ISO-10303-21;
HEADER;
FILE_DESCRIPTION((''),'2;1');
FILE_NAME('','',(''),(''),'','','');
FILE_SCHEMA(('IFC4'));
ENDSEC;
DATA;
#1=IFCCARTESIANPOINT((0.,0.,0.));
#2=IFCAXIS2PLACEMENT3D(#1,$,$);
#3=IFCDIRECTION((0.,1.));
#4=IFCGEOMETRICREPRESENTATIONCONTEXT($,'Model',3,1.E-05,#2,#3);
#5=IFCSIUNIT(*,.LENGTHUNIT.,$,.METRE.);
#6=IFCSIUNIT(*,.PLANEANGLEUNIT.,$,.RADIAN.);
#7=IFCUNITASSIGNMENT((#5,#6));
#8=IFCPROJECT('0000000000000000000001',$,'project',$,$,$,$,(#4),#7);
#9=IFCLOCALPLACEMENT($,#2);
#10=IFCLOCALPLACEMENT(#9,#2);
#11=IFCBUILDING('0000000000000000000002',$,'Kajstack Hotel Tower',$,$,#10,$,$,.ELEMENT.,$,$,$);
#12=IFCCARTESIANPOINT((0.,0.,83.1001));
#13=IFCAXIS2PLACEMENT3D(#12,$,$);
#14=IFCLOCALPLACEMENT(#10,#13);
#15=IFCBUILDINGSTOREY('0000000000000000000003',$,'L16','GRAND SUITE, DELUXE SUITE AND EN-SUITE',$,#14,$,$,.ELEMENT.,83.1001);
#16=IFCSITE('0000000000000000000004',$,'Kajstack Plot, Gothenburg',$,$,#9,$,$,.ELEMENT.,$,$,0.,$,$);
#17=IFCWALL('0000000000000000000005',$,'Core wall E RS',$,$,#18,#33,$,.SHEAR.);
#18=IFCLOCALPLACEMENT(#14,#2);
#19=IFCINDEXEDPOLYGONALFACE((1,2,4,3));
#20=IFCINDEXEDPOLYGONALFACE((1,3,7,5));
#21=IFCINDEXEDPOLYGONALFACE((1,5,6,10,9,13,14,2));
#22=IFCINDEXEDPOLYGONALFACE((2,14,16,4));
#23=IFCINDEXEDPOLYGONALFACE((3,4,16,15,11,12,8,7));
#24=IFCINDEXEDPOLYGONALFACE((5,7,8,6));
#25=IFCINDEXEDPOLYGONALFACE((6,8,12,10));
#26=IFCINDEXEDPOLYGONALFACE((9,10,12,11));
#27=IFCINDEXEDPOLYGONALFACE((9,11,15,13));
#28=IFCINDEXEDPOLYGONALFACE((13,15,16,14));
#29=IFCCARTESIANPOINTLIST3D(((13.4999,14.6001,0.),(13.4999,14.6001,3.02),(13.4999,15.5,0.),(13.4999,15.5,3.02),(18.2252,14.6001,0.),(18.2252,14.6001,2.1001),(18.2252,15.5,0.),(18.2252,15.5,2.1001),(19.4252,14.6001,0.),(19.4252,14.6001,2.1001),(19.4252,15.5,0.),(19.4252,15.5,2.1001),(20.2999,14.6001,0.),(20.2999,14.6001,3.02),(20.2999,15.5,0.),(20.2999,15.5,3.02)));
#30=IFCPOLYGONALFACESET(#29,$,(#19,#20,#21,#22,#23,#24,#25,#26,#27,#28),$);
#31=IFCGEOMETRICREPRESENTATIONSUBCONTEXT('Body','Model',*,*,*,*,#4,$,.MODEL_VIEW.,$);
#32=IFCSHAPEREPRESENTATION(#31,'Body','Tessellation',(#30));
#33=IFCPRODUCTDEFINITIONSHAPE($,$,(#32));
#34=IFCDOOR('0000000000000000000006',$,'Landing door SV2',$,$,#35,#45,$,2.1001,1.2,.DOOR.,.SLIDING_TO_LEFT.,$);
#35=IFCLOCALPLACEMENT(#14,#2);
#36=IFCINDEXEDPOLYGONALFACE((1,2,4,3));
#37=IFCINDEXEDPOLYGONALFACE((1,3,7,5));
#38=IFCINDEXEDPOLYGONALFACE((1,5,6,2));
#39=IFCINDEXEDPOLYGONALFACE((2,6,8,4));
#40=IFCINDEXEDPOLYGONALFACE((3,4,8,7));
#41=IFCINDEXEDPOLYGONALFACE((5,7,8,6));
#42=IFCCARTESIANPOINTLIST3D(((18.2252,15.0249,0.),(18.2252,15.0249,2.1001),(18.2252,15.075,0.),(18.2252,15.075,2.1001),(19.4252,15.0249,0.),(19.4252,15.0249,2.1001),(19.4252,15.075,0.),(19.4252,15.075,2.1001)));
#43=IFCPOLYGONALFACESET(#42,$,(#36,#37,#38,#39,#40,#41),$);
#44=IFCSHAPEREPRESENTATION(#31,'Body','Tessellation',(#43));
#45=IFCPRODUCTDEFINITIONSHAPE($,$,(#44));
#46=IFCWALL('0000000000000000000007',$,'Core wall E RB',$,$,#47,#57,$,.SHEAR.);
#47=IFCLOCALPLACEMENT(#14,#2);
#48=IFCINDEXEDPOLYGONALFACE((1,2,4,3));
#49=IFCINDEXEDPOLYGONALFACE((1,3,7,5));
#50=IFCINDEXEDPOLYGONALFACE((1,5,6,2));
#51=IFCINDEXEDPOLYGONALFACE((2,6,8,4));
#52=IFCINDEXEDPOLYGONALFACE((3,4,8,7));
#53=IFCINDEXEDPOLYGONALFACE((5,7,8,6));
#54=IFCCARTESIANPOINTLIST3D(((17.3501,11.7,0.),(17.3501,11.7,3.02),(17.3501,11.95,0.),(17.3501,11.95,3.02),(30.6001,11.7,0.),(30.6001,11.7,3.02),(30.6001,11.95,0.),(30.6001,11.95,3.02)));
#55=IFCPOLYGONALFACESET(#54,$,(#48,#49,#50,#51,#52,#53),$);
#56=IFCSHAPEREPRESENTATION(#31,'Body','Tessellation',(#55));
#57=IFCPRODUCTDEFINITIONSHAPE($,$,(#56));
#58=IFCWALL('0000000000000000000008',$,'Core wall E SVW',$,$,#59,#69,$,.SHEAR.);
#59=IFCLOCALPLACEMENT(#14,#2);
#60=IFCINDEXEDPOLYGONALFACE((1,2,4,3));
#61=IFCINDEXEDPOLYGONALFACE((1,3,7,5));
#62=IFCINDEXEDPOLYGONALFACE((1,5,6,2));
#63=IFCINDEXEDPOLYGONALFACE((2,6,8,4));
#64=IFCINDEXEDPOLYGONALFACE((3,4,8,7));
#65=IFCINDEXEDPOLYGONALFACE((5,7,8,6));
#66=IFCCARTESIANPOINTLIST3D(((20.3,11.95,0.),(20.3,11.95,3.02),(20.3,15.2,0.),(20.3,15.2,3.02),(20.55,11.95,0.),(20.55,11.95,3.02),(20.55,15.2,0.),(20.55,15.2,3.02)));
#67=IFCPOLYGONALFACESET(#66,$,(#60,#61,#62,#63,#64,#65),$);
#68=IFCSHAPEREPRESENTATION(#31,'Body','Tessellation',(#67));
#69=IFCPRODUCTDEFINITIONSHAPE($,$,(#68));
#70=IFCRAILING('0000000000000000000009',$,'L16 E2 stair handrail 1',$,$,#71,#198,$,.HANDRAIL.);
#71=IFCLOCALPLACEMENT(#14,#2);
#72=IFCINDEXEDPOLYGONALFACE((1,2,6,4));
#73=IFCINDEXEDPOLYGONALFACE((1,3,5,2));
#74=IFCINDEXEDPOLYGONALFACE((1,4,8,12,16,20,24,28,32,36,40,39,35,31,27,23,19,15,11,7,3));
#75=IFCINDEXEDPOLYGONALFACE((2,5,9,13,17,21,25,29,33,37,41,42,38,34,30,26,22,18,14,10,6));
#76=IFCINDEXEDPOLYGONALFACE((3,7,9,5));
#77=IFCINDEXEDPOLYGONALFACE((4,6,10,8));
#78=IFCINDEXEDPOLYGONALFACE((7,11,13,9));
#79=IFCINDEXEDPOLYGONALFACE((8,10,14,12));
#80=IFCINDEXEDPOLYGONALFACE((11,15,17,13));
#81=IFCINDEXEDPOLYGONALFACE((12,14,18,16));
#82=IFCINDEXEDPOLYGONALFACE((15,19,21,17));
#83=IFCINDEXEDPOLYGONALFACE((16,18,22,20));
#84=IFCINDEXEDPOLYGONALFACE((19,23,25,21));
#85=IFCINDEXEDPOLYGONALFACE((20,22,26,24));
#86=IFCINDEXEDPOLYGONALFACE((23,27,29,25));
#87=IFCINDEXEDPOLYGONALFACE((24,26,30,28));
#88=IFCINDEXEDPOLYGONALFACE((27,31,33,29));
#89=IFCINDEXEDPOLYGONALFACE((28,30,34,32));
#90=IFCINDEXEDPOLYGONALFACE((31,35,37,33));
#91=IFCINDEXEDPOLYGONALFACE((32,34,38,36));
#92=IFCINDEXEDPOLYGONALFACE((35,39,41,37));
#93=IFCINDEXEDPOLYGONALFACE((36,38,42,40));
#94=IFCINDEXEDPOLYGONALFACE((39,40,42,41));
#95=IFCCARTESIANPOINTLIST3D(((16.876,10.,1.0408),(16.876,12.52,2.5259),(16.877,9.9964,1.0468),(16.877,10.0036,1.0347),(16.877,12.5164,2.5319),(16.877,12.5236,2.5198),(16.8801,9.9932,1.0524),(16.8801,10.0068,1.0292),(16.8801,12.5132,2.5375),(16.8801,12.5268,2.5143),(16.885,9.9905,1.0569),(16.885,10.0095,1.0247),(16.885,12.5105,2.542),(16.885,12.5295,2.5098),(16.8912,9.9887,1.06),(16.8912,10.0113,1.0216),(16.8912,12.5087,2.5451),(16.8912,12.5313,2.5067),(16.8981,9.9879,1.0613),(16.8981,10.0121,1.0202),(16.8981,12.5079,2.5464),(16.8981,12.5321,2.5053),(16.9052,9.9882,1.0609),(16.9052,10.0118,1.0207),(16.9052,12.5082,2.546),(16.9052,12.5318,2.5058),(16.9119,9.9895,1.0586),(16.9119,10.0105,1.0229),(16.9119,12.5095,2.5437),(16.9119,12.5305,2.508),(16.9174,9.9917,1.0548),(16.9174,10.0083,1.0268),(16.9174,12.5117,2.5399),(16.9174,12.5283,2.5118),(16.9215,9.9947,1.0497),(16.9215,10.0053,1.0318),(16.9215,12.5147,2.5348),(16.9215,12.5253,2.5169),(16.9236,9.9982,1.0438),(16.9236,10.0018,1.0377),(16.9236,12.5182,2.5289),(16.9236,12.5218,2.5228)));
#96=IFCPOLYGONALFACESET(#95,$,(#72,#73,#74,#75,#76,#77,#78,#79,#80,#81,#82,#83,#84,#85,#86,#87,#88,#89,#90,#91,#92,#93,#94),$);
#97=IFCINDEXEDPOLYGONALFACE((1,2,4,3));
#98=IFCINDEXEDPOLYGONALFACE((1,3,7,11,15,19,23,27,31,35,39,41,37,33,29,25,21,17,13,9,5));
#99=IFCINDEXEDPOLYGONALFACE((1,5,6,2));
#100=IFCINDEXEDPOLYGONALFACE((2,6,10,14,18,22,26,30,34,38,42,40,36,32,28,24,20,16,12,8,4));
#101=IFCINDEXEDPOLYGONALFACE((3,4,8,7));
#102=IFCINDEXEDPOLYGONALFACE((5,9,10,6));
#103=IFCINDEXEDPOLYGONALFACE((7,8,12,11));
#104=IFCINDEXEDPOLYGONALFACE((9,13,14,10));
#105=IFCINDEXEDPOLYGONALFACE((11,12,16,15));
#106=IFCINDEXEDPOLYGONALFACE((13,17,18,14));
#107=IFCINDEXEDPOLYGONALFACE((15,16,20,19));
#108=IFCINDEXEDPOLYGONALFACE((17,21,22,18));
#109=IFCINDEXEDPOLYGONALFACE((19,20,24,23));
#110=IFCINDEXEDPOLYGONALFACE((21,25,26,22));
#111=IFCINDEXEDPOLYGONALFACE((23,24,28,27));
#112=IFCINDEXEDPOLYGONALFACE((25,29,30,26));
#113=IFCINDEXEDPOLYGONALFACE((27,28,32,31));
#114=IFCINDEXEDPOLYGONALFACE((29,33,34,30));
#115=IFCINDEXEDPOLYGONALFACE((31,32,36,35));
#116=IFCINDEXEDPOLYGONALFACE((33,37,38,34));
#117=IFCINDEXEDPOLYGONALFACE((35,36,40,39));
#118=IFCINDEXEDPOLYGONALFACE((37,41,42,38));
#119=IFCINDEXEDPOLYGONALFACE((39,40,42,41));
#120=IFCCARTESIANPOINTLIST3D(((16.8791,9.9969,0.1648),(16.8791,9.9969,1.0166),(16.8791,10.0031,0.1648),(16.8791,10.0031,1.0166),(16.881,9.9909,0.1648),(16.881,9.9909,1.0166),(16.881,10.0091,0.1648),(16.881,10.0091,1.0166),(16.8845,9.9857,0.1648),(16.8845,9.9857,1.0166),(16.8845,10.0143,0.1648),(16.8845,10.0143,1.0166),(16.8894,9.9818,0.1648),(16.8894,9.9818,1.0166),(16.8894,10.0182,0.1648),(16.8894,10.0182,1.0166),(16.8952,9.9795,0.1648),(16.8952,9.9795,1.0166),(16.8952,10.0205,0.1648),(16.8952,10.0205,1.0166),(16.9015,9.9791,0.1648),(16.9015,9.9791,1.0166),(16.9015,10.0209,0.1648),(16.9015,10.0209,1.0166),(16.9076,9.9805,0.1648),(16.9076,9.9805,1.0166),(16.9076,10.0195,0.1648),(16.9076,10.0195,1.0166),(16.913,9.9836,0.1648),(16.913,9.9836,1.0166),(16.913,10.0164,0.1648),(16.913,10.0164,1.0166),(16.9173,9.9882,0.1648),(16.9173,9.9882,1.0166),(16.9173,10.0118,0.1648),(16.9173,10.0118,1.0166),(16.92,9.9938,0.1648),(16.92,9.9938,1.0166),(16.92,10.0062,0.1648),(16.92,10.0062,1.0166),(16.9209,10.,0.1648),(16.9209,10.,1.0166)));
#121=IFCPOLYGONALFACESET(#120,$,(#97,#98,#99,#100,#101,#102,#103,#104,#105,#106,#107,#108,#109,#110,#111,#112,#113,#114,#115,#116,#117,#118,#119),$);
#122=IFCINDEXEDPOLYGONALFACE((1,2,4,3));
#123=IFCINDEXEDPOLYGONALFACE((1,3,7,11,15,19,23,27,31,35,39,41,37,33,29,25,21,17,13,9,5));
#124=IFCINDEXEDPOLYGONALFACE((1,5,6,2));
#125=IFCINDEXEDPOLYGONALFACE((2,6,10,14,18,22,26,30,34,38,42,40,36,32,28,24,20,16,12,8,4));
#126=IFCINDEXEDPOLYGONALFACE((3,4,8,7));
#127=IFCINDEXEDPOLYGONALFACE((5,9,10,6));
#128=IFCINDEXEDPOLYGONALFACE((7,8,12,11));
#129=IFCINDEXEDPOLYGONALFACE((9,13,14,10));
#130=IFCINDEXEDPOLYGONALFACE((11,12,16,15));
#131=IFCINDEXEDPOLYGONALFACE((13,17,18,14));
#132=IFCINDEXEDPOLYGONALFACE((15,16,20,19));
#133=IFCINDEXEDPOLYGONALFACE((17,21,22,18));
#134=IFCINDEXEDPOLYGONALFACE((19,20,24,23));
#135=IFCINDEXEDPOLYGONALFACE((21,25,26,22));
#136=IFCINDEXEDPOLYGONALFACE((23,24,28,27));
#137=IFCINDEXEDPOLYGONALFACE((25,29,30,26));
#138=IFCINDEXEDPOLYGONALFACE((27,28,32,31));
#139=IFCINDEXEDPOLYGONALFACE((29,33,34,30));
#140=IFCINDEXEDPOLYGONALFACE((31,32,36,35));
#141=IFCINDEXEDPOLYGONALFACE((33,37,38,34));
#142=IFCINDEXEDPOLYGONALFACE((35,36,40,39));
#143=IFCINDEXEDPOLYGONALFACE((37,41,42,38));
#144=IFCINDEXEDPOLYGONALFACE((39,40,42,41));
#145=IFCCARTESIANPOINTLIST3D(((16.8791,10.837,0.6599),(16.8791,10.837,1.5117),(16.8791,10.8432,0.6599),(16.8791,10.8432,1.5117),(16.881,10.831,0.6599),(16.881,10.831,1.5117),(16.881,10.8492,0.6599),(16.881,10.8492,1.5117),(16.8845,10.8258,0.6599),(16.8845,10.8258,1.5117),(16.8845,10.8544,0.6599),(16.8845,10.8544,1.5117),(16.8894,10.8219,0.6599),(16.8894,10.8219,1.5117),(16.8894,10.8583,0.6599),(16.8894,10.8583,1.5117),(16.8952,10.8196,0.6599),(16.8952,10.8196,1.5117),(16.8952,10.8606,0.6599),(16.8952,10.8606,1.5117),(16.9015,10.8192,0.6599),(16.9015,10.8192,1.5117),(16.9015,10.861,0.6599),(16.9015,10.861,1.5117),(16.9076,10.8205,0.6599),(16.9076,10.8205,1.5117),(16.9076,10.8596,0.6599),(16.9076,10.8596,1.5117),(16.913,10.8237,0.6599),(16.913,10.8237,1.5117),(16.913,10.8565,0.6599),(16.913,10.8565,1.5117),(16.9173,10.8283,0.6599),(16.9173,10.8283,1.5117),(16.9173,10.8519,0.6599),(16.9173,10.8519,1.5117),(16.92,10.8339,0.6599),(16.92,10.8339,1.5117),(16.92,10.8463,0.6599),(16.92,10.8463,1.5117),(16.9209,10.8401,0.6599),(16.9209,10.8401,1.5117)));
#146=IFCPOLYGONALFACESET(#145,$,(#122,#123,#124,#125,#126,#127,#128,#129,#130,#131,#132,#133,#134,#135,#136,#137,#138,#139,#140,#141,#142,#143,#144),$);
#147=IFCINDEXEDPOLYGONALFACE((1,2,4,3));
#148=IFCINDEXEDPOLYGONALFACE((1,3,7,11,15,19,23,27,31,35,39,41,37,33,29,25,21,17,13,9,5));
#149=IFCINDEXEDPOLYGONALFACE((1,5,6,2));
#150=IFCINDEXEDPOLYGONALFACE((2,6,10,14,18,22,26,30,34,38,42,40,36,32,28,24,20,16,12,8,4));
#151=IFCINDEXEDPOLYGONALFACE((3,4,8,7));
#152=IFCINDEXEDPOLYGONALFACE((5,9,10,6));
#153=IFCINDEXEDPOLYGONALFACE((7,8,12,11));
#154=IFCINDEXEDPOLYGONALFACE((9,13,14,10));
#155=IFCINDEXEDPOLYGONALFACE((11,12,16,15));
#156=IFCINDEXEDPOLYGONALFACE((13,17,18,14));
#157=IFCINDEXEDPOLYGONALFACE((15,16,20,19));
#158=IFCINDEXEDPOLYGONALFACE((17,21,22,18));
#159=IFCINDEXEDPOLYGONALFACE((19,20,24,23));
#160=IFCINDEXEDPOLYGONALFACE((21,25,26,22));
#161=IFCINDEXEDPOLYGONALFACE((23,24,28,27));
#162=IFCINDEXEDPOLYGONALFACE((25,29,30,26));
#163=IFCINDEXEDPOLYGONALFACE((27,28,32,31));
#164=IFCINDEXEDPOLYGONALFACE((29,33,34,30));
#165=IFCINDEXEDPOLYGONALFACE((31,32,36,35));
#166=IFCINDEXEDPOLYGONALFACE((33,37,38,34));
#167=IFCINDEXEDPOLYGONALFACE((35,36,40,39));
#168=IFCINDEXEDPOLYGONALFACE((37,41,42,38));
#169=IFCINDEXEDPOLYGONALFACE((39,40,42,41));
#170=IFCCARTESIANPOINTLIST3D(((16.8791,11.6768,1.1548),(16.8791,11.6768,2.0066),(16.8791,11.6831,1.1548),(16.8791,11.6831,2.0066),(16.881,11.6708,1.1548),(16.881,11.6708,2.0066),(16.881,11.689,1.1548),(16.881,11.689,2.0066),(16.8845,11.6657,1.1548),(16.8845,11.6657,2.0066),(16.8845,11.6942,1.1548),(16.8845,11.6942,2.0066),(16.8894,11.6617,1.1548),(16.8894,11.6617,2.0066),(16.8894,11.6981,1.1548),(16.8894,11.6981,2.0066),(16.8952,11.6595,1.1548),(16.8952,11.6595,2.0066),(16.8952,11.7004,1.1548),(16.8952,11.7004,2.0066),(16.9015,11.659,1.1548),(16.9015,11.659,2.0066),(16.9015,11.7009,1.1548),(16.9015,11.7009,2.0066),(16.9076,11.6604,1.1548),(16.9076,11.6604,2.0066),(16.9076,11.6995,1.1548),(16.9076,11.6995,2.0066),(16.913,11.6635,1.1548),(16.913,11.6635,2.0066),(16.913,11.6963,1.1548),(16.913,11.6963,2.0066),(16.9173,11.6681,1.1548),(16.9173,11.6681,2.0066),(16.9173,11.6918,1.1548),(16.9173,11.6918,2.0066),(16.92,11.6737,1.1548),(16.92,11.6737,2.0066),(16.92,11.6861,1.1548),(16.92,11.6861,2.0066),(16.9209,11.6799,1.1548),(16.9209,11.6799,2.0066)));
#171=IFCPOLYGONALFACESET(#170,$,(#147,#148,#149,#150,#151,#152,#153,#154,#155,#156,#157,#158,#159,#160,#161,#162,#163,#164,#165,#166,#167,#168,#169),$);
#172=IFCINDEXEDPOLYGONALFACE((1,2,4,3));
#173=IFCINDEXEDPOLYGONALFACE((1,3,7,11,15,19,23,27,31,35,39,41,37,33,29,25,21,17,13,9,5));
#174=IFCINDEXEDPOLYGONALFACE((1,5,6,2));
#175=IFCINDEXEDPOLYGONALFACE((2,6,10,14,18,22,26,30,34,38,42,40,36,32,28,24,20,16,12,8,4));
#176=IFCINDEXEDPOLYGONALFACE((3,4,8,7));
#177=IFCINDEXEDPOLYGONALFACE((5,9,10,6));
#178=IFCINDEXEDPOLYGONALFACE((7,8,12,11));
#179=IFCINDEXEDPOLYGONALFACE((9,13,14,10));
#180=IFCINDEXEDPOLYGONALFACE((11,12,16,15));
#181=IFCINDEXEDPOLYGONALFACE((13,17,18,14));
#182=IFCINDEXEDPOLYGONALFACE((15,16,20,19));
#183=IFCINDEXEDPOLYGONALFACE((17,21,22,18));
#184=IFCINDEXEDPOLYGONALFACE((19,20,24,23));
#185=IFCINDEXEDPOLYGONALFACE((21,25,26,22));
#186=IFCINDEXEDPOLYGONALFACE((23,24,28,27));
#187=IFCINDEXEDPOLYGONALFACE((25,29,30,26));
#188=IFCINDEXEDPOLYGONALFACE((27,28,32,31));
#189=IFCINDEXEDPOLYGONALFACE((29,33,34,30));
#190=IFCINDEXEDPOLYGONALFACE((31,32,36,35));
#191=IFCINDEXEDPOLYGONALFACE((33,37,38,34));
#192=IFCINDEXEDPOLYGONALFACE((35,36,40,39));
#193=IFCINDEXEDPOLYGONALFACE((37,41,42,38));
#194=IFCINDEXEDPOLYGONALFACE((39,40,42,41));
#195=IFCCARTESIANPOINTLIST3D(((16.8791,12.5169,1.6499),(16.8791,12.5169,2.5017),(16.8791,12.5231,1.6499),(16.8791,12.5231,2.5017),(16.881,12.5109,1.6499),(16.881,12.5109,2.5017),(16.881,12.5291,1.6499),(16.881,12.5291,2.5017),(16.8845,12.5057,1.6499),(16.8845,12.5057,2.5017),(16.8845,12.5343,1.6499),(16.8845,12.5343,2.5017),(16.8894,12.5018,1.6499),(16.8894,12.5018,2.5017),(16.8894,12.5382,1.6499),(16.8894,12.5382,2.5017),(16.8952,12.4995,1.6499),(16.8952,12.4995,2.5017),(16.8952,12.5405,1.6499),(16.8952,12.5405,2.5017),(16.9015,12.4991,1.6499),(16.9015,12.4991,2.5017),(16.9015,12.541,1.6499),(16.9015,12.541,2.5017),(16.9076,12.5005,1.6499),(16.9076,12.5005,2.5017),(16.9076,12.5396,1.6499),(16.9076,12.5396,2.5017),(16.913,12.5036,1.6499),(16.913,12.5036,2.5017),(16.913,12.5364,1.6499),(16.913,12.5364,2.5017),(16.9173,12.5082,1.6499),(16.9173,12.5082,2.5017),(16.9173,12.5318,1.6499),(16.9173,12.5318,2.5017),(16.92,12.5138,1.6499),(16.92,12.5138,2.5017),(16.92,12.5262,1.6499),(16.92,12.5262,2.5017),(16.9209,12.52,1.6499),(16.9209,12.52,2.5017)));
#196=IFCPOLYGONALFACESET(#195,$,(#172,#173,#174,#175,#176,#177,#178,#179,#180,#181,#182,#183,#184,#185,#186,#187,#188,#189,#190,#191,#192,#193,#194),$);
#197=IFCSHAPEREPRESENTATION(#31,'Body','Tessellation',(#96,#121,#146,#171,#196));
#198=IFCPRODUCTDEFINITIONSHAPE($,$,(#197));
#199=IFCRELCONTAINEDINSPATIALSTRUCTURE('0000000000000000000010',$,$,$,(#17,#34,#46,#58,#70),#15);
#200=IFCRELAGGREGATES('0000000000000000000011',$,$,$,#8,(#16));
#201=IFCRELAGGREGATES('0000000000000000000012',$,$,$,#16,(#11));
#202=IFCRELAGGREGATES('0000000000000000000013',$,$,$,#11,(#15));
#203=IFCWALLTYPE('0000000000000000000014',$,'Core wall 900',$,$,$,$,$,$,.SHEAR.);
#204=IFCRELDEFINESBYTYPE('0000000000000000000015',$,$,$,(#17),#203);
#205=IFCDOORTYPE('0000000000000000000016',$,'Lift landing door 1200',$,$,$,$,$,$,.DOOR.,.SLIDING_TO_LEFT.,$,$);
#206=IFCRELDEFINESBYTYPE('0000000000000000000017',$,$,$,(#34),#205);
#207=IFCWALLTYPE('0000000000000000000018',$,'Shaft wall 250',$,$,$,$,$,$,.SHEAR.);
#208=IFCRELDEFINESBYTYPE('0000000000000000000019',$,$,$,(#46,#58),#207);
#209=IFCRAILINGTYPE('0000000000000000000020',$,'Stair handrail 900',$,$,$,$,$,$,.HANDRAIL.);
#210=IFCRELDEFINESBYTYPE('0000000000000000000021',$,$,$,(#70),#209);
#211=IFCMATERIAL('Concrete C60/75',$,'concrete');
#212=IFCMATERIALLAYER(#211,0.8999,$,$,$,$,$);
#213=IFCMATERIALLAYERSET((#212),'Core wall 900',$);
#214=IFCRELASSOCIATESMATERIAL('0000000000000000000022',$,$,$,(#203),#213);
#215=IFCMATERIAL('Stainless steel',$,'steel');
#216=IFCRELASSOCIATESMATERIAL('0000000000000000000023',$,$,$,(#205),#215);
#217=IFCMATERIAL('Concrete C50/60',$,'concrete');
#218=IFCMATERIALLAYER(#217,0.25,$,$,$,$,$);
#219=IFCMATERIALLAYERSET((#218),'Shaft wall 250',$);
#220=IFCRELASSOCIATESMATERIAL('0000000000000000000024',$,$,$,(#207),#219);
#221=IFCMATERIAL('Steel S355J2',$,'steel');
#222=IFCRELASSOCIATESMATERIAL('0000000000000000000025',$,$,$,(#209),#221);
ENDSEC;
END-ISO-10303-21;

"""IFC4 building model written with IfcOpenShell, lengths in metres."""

from ifc_helpers import new_model, si_unit, direction, frame, frame_2d, origin, origin_2d, place, context, subcontext, project, spatial, rectangle, circle, extrude, material, layer, layer_set, type_object, element, fill, save


model = new_model("IFC4")

# Units and contexts
model_context = context("Model", 3, precision=1e-05, world=origin(), true_north=direction((0.0, 1.0)))
body_context = subcontext(model_context, "Body", "Model", "MODEL_VIEW")
ifc_project = project(units=[si_unit("LENGTHUNIT", "METRE"), si_unit("PLANEANGLEUNIT", "RADIAN")], contexts=[model_context])

# Site, building, storey
site_placement = place(None, origin())
site = spatial("IfcSite", under=ifc_project, at=site_placement, Name="Kajstack Plot, Gothenburg", CompositionType="ELEMENT", RefElevation=0.0)
building_placement = place(site_placement, origin())
building = spatial("IfcBuilding", under=site, at=building_placement, Name="Kajstack Hotel Tower", CompositionType="ELEMENT")
storey_placement = place(building_placement, frame((0.0, 0.0, 83.1001)))
storey = spatial("IfcBuildingStorey", under=building, at=storey_placement, Name="L16", Description="GRAND SUITE, DELUXE SUITE AND EN-SUITE", CompositionType="ELEMENT", Elevation=83.1001)

# Wall, opening, door
ifc_material_1 = material(Name="Concrete C60/75", Category="concrete")
ifc_layer_1 = layer(ifc_material_1, 0.8999)
ifc_layer_set_1 = layer_set([ifc_layer_1], Name="Core wall 900")
wall_type_1 = type_object("IfcWallType", Name="Core wall 900", PredefinedType="SHEAR", material=ifc_layer_set_1)
wall_1_placement = place(storey_placement, frame((13.5, 15.05, 0.0), z_axis=(0.0, 0.0, 1.0), x_axis=(1.0, 0.0, 0.0)))
wall_1 = element("IfcWall", 1, at=wall_1_placement, inside=storey, type_object=wall_type_1, Name="Core wall E RS", PredefinedType="SHEAR", context=body_context, shape_type="SweptSolid", body=[
    extrude(rectangle(XDim=6.8, YDim=0.8999, at=frame_2d((3.3999, 0.0))), origin(), (0.0, 0.0, 1.0), 3.02),
])
opening_placement = place(wall_1_placement, frame((4.7251, 0.0, 0.0)))
opening = element("IfcOpeningElement", 2, at=opening_placement, cuts=wall_1, PredefinedType="OPENING", context=body_context, shape_type="SweptSolid", body=[
    extrude(rectangle(XDim=1.2, YDim=2.1001, at=frame_2d((0.6001, 1.05))), frame((0.0, 0.46, 0.0), z_axis=(0.0, -1.0, 0.0), x_axis=(1.0, 0.0, 0.0)), (0.0, 0.0, 1.0), 0.9199),
])
ifc_material_2 = material(Name="Stainless steel", Category="steel")
door_type = type_object("IfcDoorType", Name="Lift landing door 1200", OperationType="SLIDING_TO_LEFT", PredefinedType="DOOR", material=ifc_material_2)
door_placement = place(opening_placement, origin())
door = element("IfcDoor", 3, at=door_placement, inside=storey, type_object=door_type, Name="Landing door SV2", OperationType="SLIDING_TO_LEFT", OverallHeight=2.1001, OverallWidth=1.2, PredefinedType="DOOR", context=body_context, shape_type="SweptSolid", body=[
    extrude(rectangle(XDim=1.2, YDim=2.1001, at=frame_2d((0.6001, 1.05))), frame((0.0, 0.0249, 0.0), z_axis=(0.0, -1.0, 0.0), x_axis=(1.0, 0.0, 0.0)), (0.0, 0.0, 1.0), 0.05),
])
fill(opening, door)

# Walls
ifc_material_3 = material(Name="Concrete C50/60", Category="concrete")
ifc_layer_2 = layer(ifc_material_3, 0.25)
ifc_layer_set_2 = layer_set([ifc_layer_2], Name="Shaft wall 250")
wall_type_2 = type_object("IfcWallType", Name="Shaft wall 250", PredefinedType="SHEAR", material=ifc_layer_set_2)
wall_2_placement = place(storey_placement, frame((17.3501, 11.825, 0.0), z_axis=(0.0, 0.0, 1.0), x_axis=(1.0, 0.0, 0.0)))
element("IfcWall", 4, at=wall_2_placement, inside=storey, type_object=wall_type_2, Name="Core wall E RB", PredefinedType="SHEAR", context=body_context, shape_type="SweptSolid", body=[
    extrude(rectangle(XDim=13.25, YDim=0.25, at=frame_2d((6.625, 0.0))), origin(), (0.0, 0.0, 1.0), 3.02),
])
wall_3_placement = place(storey_placement, frame((20.425, 11.95, 0.0), z_axis=(0.0, 0.0, 1.0), x_axis=(0.0, 1.0, 0.0)))
element("IfcWall", 5, at=wall_3_placement, inside=storey, type_object=wall_type_2, Name="Core wall E SVW", PredefinedType="SHEAR", context=body_context, shape_type="SweptSolid", body=[
    extrude(rectangle(XDim=3.25, YDim=0.25, at=frame_2d((1.625, 0.0))), origin(), (0.0, 0.0, 1.0), 3.02),
])

# Railing
ifc_material_4 = material(Name="Steel S355J2", Category="steel")
railing_type = type_object("IfcRailingType", Name="Stair handrail 900", PredefinedType="HANDRAIL", material=ifc_material_4)
railing_1_placement = place(storey_placement, frame((16.8999, 10.0, 0.1648)))
element("IfcRailing", 6, at=railing_1_placement, inside=storey, type_object=railing_type, Name="L16 E2 stair handrail 1", PredefinedType="HANDRAIL", context=body_context, shape_type="SweptSolid", body=[
    extrude(circle(Radius=0.0239, at=origin_2d()), frame((0.0, 0.0, 0.876), z_axis=(0.0, 0.861524, 0.507717), x_axis=(-1.0, 0.0, 0.0)), (0.0, 0.0, 1.0), 2.925),
    extrude(circle(Radius=0.021, at=origin_2d()), origin(), (0.0, 0.0, 1.0), 0.8518),
    extrude(circle(Radius=0.021, at=origin_2d()), frame((0.0, 0.8401, 0.4951)), (0.0, 0.0, 1.0), 0.8518),
    extrude(circle(Radius=0.021, at=origin_2d()), frame((0.0, 1.6799, 0.99)), (0.0, 0.0, 1.0), 0.8518),
    extrude(circle(Radius=0.021, at=origin_2d()), frame((0.0, 2.52, 1.4851)), (0.0, 0.0, 1.0), 0.8518),
])

save(model, "model.ifc")
